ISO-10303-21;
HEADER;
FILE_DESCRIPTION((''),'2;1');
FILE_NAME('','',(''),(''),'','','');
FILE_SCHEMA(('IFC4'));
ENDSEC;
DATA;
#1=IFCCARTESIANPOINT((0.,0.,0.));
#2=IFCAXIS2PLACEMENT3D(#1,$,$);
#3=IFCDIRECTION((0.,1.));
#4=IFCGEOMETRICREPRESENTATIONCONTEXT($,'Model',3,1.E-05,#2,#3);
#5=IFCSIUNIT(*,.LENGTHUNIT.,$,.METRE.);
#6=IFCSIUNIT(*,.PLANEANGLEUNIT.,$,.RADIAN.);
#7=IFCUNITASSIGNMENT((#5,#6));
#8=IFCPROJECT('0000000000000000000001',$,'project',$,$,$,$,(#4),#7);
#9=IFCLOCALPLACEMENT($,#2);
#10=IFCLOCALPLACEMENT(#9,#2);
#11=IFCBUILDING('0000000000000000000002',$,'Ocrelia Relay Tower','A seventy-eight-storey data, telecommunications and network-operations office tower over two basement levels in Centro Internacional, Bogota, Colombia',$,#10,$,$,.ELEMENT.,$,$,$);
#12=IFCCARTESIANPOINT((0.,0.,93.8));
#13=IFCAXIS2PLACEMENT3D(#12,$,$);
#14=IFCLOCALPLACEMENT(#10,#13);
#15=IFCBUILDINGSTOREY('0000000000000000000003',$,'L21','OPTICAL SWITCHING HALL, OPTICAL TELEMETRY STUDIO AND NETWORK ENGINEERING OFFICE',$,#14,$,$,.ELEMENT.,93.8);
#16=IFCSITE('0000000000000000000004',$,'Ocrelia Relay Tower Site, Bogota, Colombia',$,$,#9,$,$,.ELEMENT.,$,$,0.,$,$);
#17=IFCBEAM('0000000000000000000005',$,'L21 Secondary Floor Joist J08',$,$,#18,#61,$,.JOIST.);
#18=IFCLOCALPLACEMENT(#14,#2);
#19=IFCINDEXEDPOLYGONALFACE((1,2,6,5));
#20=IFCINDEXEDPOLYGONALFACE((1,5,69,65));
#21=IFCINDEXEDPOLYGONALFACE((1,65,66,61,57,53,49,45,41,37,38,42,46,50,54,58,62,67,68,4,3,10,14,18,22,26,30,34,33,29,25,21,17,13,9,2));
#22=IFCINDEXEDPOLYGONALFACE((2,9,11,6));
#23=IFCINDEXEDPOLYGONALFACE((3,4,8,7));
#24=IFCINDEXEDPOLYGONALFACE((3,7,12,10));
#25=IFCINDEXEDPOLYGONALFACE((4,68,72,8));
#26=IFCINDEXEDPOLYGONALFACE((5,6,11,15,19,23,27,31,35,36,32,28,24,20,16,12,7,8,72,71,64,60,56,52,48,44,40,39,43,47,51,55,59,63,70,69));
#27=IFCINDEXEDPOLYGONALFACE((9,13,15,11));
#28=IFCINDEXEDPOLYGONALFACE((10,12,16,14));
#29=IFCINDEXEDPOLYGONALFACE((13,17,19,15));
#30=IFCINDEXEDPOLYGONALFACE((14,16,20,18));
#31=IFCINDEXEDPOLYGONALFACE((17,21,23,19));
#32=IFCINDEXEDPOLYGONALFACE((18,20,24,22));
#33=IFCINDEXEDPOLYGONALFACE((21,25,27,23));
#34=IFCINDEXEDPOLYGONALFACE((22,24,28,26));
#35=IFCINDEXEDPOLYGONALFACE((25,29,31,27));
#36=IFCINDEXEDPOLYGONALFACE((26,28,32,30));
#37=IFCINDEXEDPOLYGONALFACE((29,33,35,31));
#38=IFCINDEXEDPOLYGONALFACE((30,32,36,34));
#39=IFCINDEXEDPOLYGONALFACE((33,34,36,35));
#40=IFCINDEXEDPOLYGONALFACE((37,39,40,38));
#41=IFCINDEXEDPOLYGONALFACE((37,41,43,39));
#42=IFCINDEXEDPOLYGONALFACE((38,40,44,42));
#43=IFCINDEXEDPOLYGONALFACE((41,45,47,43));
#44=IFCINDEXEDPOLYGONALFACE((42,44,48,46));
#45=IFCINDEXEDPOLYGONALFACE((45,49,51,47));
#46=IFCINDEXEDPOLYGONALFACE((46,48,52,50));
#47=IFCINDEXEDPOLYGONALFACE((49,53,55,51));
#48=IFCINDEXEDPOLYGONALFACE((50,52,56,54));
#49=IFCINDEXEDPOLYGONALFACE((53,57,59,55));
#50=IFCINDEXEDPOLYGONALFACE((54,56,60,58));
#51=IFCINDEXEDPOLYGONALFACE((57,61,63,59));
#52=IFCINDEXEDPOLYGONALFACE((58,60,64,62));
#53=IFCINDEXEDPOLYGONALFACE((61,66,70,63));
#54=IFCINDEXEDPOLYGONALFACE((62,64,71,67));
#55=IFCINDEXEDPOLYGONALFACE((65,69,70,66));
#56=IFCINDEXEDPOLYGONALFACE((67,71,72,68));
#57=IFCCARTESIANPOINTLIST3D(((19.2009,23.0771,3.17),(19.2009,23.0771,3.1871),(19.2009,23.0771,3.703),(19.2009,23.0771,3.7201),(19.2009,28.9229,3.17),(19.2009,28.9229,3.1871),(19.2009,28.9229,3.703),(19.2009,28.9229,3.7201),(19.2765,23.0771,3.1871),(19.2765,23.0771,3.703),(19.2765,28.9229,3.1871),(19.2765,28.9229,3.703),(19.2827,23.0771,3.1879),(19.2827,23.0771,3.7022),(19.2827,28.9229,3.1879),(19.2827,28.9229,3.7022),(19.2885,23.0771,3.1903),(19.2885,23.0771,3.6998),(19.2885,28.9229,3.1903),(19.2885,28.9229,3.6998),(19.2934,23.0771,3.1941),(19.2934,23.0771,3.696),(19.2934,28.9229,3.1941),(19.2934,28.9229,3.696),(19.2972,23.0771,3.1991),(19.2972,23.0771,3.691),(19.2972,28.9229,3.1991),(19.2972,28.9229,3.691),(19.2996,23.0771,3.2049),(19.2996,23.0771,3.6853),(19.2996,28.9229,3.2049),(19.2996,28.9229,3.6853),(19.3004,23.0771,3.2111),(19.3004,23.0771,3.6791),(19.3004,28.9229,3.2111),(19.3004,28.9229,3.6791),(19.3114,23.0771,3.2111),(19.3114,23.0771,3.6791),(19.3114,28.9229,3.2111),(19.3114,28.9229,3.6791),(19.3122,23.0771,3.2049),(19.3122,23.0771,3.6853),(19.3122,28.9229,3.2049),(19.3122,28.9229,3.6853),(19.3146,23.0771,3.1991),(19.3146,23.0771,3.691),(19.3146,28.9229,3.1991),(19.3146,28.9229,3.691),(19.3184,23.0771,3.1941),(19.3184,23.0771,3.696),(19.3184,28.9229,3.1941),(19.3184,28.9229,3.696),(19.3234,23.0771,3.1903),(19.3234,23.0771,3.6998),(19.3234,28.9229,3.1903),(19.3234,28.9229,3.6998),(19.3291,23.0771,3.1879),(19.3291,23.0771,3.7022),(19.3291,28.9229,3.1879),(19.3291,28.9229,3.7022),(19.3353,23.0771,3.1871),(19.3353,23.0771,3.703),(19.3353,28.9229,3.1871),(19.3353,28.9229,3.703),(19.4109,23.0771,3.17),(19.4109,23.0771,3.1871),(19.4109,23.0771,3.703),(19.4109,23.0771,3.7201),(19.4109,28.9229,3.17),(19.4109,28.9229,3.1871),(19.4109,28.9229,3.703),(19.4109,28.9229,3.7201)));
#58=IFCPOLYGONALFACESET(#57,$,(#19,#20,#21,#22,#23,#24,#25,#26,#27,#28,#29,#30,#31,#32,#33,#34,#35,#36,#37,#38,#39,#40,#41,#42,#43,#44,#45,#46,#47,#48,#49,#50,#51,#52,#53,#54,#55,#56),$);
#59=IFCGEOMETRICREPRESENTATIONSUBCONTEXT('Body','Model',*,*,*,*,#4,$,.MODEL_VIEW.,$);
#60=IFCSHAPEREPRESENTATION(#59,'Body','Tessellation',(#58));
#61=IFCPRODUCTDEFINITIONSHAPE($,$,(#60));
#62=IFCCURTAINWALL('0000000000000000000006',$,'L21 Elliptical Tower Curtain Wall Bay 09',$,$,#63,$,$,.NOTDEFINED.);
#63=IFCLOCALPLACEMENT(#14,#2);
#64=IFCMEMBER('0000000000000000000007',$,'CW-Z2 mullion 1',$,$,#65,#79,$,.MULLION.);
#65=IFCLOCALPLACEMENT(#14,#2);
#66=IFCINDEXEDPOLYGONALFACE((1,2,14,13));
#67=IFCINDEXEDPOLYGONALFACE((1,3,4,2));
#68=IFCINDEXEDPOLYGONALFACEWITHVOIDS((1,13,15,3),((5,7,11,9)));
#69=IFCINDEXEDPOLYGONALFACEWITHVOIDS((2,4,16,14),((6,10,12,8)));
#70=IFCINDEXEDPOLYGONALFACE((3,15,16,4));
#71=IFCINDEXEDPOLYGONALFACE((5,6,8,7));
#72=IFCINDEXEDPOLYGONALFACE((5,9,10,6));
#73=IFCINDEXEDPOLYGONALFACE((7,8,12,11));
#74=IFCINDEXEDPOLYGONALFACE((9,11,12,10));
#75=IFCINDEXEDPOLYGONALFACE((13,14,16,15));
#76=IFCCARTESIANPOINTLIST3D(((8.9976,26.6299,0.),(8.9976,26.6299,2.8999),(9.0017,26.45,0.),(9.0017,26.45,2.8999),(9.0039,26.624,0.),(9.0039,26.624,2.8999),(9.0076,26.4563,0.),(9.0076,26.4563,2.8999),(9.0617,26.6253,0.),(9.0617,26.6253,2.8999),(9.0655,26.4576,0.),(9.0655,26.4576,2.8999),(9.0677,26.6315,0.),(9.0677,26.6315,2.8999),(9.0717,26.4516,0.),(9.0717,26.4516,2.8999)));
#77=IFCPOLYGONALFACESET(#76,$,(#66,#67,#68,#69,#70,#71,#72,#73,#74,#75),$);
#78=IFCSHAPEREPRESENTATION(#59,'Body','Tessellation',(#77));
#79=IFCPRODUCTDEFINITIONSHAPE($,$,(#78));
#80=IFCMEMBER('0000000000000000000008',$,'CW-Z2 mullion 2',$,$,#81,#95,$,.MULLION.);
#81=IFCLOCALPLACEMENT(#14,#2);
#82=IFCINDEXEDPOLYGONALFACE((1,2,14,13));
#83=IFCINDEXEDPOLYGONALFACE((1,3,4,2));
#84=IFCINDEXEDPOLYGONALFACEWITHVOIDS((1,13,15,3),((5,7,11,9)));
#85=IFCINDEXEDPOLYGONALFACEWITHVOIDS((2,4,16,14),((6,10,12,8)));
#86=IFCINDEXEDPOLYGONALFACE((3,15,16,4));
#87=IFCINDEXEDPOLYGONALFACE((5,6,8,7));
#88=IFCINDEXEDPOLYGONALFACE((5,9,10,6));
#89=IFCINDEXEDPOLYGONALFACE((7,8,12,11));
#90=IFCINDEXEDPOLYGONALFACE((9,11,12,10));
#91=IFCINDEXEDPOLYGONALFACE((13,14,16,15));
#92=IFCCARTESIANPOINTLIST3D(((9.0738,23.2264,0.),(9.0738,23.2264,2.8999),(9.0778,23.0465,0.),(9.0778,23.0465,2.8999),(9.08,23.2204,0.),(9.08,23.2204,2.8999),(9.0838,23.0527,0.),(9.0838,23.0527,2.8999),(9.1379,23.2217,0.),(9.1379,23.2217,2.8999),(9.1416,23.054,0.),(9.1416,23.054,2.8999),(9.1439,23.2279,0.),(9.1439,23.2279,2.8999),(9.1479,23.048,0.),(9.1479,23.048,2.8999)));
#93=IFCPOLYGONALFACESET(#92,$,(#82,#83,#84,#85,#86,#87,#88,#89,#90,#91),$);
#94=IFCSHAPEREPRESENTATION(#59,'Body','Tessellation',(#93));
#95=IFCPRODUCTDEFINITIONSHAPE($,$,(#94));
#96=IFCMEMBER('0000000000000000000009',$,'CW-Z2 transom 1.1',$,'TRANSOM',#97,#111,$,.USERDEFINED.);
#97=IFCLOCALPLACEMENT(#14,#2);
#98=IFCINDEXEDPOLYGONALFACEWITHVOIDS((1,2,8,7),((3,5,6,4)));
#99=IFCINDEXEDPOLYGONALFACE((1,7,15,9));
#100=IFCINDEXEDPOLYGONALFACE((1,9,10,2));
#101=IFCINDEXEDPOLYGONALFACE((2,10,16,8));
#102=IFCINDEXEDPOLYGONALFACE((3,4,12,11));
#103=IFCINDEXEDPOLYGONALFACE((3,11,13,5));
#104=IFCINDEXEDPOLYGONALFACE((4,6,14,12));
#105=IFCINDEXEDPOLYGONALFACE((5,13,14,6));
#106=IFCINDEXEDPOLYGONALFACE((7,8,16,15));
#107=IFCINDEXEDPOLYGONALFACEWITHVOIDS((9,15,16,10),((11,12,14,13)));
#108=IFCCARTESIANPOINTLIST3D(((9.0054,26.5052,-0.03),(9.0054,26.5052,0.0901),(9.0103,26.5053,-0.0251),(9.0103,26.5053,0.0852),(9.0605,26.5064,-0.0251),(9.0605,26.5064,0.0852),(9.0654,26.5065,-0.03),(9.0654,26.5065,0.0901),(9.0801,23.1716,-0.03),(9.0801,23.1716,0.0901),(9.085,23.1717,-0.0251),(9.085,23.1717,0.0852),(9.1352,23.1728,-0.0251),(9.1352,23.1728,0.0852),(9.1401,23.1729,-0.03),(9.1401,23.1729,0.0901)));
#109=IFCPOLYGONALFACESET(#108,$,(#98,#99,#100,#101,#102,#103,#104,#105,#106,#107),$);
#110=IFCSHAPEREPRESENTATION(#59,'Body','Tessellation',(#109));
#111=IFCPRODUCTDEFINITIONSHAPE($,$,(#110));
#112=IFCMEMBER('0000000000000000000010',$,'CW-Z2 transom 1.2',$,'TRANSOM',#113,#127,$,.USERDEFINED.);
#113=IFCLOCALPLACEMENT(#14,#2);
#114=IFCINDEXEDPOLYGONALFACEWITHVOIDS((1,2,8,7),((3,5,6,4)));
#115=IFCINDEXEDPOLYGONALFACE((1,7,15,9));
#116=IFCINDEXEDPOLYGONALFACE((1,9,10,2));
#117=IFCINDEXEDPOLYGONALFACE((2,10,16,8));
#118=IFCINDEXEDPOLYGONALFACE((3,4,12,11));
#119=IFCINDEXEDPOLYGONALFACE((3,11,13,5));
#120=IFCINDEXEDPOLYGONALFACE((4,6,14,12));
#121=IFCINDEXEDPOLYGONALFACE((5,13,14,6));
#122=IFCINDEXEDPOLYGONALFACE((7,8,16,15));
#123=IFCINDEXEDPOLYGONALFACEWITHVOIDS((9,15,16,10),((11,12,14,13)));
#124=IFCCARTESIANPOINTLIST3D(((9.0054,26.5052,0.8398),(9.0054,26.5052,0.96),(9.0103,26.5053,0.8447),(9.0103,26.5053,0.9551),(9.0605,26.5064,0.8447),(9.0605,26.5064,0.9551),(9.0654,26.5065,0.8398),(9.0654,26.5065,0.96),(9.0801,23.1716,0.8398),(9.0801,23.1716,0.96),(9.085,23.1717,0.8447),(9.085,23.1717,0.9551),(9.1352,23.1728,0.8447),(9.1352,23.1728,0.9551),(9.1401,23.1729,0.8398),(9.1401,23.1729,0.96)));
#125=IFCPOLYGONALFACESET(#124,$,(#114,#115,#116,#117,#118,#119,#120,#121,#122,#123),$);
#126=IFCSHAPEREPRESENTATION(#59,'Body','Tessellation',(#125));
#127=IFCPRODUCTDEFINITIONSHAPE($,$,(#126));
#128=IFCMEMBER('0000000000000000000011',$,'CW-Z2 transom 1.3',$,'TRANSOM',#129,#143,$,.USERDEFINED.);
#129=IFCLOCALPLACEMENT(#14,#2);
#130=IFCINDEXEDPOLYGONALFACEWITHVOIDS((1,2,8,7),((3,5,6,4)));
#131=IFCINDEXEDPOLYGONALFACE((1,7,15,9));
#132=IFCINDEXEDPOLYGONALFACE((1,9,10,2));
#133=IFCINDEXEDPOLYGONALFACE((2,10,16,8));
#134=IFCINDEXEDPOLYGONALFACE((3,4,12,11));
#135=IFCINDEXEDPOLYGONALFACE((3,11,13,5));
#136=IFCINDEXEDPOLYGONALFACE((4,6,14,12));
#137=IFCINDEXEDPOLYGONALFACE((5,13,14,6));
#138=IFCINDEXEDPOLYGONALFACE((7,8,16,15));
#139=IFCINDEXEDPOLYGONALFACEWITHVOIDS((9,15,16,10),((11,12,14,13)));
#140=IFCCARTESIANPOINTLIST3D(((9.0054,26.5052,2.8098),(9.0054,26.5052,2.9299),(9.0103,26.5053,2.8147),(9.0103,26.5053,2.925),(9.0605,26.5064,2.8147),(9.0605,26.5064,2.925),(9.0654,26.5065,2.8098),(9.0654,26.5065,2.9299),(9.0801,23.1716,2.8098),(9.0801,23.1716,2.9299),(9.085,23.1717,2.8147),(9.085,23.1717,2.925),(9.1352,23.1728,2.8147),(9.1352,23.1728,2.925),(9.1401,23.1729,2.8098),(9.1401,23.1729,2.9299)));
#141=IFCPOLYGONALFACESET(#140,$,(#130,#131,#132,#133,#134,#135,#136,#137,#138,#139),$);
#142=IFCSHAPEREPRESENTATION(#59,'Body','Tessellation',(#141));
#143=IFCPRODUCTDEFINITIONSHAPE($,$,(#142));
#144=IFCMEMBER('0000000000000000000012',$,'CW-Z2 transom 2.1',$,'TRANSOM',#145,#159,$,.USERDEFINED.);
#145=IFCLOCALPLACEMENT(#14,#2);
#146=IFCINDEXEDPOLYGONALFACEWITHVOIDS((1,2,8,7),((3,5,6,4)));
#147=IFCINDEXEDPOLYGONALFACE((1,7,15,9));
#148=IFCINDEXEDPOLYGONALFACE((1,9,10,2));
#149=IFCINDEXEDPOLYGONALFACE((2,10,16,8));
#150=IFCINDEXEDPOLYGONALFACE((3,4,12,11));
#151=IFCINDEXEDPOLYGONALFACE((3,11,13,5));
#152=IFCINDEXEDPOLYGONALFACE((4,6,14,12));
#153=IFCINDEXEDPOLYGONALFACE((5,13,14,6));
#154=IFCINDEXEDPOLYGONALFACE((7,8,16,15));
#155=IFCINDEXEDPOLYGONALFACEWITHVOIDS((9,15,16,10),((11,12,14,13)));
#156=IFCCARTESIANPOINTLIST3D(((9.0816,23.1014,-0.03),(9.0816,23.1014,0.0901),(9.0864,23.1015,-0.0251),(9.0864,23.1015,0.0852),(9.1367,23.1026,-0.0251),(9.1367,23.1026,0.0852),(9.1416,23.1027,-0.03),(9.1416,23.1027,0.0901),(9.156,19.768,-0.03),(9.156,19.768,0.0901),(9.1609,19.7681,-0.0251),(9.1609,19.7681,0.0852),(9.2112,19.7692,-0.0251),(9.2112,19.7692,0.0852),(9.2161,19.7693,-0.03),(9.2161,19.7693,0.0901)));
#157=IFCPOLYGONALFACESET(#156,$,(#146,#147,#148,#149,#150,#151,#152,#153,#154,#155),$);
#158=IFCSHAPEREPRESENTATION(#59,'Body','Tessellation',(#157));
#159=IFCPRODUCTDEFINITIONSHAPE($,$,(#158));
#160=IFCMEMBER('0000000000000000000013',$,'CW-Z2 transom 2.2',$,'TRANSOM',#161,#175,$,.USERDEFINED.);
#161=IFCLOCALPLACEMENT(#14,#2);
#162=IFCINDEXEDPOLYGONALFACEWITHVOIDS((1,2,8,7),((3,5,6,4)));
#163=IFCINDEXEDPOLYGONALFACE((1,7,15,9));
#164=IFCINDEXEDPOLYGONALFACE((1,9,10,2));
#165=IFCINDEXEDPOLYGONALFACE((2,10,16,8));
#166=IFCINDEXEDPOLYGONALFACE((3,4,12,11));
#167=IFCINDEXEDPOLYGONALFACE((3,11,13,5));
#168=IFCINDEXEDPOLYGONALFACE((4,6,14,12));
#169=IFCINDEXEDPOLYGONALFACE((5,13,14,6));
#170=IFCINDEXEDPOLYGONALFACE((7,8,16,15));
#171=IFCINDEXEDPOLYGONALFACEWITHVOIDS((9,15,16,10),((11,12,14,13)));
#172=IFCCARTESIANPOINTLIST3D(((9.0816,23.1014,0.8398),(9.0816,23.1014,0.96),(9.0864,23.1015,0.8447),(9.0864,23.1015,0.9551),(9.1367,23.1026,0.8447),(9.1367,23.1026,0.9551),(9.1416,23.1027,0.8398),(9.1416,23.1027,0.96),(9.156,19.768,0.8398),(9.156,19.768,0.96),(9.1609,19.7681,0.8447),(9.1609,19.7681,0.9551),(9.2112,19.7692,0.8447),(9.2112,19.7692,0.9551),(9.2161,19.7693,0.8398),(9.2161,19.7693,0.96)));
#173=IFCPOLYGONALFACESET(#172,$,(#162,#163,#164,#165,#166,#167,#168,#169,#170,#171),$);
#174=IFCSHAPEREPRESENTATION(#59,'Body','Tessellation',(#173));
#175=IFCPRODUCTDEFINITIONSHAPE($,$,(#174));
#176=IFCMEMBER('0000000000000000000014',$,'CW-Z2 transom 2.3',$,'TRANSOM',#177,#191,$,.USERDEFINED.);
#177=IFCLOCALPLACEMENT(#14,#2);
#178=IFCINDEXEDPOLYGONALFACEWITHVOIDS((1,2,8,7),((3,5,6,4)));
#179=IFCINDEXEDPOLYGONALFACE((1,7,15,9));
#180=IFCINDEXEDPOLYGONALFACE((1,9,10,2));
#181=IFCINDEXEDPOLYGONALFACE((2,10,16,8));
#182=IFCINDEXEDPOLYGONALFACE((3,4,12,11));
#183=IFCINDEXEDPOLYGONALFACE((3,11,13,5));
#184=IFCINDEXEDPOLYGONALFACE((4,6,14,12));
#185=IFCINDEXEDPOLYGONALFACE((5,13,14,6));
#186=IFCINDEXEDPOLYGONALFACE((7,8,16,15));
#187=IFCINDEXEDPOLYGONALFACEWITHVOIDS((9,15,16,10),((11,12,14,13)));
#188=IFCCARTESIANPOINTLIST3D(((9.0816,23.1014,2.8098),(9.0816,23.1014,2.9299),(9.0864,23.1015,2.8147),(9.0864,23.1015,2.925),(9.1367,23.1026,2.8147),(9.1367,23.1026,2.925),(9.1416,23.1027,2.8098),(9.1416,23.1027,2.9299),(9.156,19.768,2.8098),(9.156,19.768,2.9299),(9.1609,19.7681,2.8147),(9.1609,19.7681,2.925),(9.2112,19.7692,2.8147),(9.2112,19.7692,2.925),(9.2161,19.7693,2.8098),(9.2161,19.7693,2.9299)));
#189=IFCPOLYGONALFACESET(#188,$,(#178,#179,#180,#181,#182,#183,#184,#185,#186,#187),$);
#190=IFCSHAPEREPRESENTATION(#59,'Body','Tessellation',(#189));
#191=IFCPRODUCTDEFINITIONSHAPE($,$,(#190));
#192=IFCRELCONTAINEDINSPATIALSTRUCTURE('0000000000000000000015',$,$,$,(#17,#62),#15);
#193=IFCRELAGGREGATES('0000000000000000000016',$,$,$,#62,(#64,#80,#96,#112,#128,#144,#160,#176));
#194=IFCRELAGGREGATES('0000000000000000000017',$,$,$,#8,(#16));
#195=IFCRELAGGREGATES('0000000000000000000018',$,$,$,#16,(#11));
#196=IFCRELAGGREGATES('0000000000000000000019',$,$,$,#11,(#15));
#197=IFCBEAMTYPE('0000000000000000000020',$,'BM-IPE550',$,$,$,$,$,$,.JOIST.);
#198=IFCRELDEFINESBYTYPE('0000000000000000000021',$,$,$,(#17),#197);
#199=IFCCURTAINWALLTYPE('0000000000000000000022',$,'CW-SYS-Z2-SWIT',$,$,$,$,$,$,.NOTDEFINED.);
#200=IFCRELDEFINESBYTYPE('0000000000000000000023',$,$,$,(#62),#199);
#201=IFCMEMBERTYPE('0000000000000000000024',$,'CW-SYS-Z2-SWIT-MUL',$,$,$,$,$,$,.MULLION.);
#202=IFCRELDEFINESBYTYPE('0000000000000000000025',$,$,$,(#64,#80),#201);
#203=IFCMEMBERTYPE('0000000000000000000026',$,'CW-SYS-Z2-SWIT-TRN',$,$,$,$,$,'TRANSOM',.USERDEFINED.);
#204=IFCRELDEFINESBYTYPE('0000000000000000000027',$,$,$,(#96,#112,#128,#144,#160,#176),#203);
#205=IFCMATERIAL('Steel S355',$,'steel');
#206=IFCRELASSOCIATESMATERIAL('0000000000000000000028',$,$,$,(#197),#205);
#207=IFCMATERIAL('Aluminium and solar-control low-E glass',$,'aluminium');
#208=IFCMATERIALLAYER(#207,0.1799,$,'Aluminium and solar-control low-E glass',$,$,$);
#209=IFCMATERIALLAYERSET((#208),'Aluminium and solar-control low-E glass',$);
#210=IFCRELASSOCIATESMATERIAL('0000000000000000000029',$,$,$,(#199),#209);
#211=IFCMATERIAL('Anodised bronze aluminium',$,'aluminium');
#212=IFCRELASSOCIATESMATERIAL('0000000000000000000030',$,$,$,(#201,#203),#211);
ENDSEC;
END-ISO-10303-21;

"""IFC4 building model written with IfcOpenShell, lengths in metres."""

from ifc_helpers import new_model, si_unit, direction, frame, origin, origin_2d, place, context, subcontext, project, spatial, hollow_rectangle, i_section, extrude, material, layer, layer_set, material_profile, profile_set, type_object, element, aggregate, save


model = new_model("IFC4")

# Units and contexts
model_context = context("Model", 3, precision=1e-05, world=origin(), true_north=direction((0.0, 1.0)))
body_context = subcontext(model_context, "Body", "Model", "MODEL_VIEW")
ifc_project = project(units=[si_unit("LENGTHUNIT", "METRE"), si_unit("PLANEANGLEUNIT", "RADIAN")], contexts=[model_context])

# Site, building, storey
site_placement = place(None, origin())
site = spatial("IfcSite", under=ifc_project, at=site_placement, Name="Ocrelia Relay Tower Site, Bogota, Colombia", CompositionType="ELEMENT", RefElevation=0.0)
building_placement = place(site_placement, origin())
building = spatial("IfcBuilding", under=site, at=building_placement, Name="Ocrelia Relay Tower", Description="A seventy-eight-storey data, telecommunications and network-operations office tower over two basement levels in Centro Internacional, Bogota, Colombia", CompositionType="ELEMENT")
storey_placement = place(building_placement, frame((0.0, 0.0, 93.8)))
storey = spatial("IfcBuildingStorey", under=building, at=storey_placement, Name="L21", Description="OPTICAL SWITCHING HALL, OPTICAL TELEMETRY STUDIO AND NETWORK ENGINEERING OFFICE", CompositionType="ELEMENT", Elevation=93.8)

# Beam
ifc_material_1 = material(Name="Steel S355", Category="steel")
ifc_material_profile_1 = material_profile(ifc_material_1, i_section(OverallWidth=0.21, OverallDepth=0.55, WebThickness=0.011, FlangeThickness=0.0171, FilletRadius=0.0239, at=origin_2d()), Name="IPE 550")
ifc_profile_set_1 = profile_set([ifc_material_profile_1], Name="Steel S355")
beam_type_1 = type_object("IfcBeamType", Name="BM-IPE550", PredefinedType="JOIST", material=ifc_profile_set_1)
beam_1_placement = place(storey_placement, frame((19.3059, 28.9229, 3.4451), z_axis=(0.0, -1.0, 0.0), x_axis=(1.0, 0.0, 0.0)))
element("IfcBeam", 1, at=beam_1_placement, inside=storey, type_object=beam_type_1, Name="L21 Secondary Floor Joist J08", PredefinedType="JOIST", context=body_context, shape_type="SweptSolid", body=[
    extrude(i_section(OverallWidth=0.21, OverallDepth=0.55, WebThickness=0.011, FlangeThickness=0.0171, FilletRadius=0.0239, at=origin_2d()), origin(), (0.0, 0.0, 1.0), 5.8457),
])

# Curtain wall, members
ifc_material_2 = material(Name="Aluminium and solar-control low-E glass", Category="aluminium")
ifc_layer_1 = layer(ifc_material_2, 0.1799, Name="Aluminium and solar-control low-E glass")
ifc_layer_set_1 = layer_set([ifc_layer_1], Name="Aluminium and solar-control low-E glass")
curtain_wall_type = type_object("IfcCurtainWallType", Name="CW-SYS-Z2-SWIT", PredefinedType="NOTDEFINED", material=ifc_layer_set_1)
curtain_wall_placement = place(storey_placement, origin())
curtain_wall = element("IfcCurtainWall", 2, at=curtain_wall_placement, inside=storey, type_object=curtain_wall_type, Name="L21 Elliptical Tower Curtain Wall Bay 09", PredefinedType="NOTDEFINED")
ifc_material_3 = material(Name="Anodised bronze aluminium", Category="aluminium")
ifc_material_profile_2 = material_profile(ifc_material_3, hollow_rectangle(XDim=0.0701, YDim=0.1799, WallThickness=0.0061, at=origin_2d()), Name="CW-MUL-180x70")
ifc_profile_set_2 = profile_set([ifc_material_profile_2], Name="Anodised bronze aluminium")
member_type_1 = type_object("IfcMemberType", Name="CW-SYS-Z2-SWIT-MUL", PredefinedType="MULLION", material=ifc_profile_set_2)
member_1_placement = place(storey_placement, frame((9.0347, 26.5408, 0.0), z_axis=(0.0, 0.0, 1.0), x_axis=(0.99975, 0.022358, 0.0)))
member_1 = element("IfcMember", 3, at=member_1_placement, type_object=member_type_1, Name="CW-Z2 mullion 1", PredefinedType="MULLION", context=body_context, shape_type="SweptSolid", body=[
    extrude(hollow_rectangle(XDim=0.0701, YDim=0.1799, WallThickness=0.0061, at=origin_2d()), origin(), (0.0, 0.0, 1.0), 2.8999),
])
member_2_placement = place(storey_placement, frame((9.1108, 23.1372, 0.0), z_axis=(0.0, 0.0, 1.0), x_axis=(0.99975, 0.022358, 0.0)))
member_2 = element("IfcMember", 4, at=member_2_placement, type_object=member_type_1, Name="CW-Z2 mullion 2", PredefinedType="MULLION", context=body_context, shape_type="SweptSolid", body=[
    extrude(hollow_rectangle(XDim=0.0701, YDim=0.1799, WallThickness=0.0061, at=origin_2d()), origin(), (0.0, 0.0, 1.0), 2.8999),
])
ifc_material_profile_3 = material_profile(ifc_material_3, hollow_rectangle(XDim=0.0601, YDim=0.1201, WallThickness=0.0049, at=origin_2d()), Name="CW-TRN-120x60")
ifc_profile_set_3 = profile_set([ifc_material_profile_3], Name="Anodised bronze aluminium")
member_type_2 = type_object("IfcMemberType", Name="CW-SYS-Z2-SWIT-TRN", ElementType="TRANSOM", PredefinedType="USERDEFINED", material=ifc_profile_set_3)
member_3_placement = place(storey_placement, frame((9.0354, 26.5059, 0.03), z_axis=(0.022404, -0.999749, 0.0), x_axis=(0.999749, 0.022404, 0.0)))
member_3 = element("IfcMember", 5, at=member_3_placement, type_object=member_type_2, Name="CW-Z2 transom 1.1", ObjectType="TRANSOM", PredefinedType="USERDEFINED", context=body_context, shape_type="SweptSolid", body=[
    extrude(hollow_rectangle(XDim=0.0601, YDim=0.1201, WallThickness=0.0049, at=origin_2d()), origin(), (0.0, 0.0, 1.0), 3.3345),
])
member_4_placement = place(storey_placement, frame((9.0354, 26.5059, 0.8999), z_axis=(0.022404, -0.999749, 0.0), x_axis=(0.999749, 0.022404, 0.0)))
member_4 = element("IfcMember", 6, at=member_4_placement, type_object=member_type_2, Name="CW-Z2 transom 1.2", ObjectType="TRANSOM", PredefinedType="USERDEFINED", context=body_context, shape_type="SweptSolid", body=[
    extrude(hollow_rectangle(XDim=0.0601, YDim=0.1201, WallThickness=0.0049, at=origin_2d()), origin(), (0.0, 0.0, 1.0), 3.3345),
])
member_5_placement = place(storey_placement, frame((9.0354, 26.5059, 2.8699), z_axis=(0.022404, -0.999749, 0.0), x_axis=(0.999749, 0.022404, 0.0)))
member_5 = element("IfcMember", 7, at=member_5_placement, type_object=member_type_2, Name="CW-Z2 transom 1.3", ObjectType="TRANSOM", PredefinedType="USERDEFINED", context=body_context, shape_type="SweptSolid", body=[
    extrude(hollow_rectangle(XDim=0.0601, YDim=0.1201, WallThickness=0.0049, at=origin_2d()), origin(), (0.0, 0.0, 1.0), 3.3345),
])
member_6_placement = place(storey_placement, frame((9.1116, 23.1021, 0.03), z_axis=(0.022332, -0.999751, 0.0), x_axis=(0.999751, 0.022332, 0.0)))
member_6 = element("IfcMember", 8, at=member_6_placement, type_object=member_type_2, Name="CW-Z2 transom 2.1", ObjectType="TRANSOM", PredefinedType="USERDEFINED", context=body_context, shape_type="SweptSolid", body=[
    extrude(hollow_rectangle(XDim=0.0601, YDim=0.1201, WallThickness=0.0049, at=origin_2d()), origin(), (0.0, 0.0, 1.0), 3.3342),
])
member_7_placement = place(storey_placement, frame((9.1116, 23.1021, 0.8999), z_axis=(0.022332, -0.999751, 0.0), x_axis=(0.999751, 0.022332, 0.0)))
member_7 = element("IfcMember", 9, at=member_7_placement, type_object=member_type_2, Name="CW-Z2 transom 2.2", ObjectType="TRANSOM", PredefinedType="USERDEFINED", context=body_context, shape_type="SweptSolid", body=[
    extrude(hollow_rectangle(XDim=0.0601, YDim=0.1201, WallThickness=0.0049, at=origin_2d()), origin(), (0.0, 0.0, 1.0), 3.3342),
])
member_8_placement = place(storey_placement, frame((9.1116, 23.1021, 2.8699), z_axis=(0.022332, -0.999751, 0.0), x_axis=(0.999751, 0.022332, 0.0)))
member_8 = element("IfcMember", 10, at=member_8_placement, type_object=member_type_2, Name="CW-Z2 transom 2.3", ObjectType="TRANSOM", PredefinedType="USERDEFINED", context=body_context, shape_type="SweptSolid", body=[
    extrude(hollow_rectangle(XDim=0.0601, YDim=0.1201, WallThickness=0.0049, at=origin_2d()), origin(), (0.0, 0.0, 1.0), 3.3342),
])
aggregate(curtain_wall, [member_1, member_2, member_3, member_4, member_5, member_6, member_7, member_8])

save(model, "model.ifc")
